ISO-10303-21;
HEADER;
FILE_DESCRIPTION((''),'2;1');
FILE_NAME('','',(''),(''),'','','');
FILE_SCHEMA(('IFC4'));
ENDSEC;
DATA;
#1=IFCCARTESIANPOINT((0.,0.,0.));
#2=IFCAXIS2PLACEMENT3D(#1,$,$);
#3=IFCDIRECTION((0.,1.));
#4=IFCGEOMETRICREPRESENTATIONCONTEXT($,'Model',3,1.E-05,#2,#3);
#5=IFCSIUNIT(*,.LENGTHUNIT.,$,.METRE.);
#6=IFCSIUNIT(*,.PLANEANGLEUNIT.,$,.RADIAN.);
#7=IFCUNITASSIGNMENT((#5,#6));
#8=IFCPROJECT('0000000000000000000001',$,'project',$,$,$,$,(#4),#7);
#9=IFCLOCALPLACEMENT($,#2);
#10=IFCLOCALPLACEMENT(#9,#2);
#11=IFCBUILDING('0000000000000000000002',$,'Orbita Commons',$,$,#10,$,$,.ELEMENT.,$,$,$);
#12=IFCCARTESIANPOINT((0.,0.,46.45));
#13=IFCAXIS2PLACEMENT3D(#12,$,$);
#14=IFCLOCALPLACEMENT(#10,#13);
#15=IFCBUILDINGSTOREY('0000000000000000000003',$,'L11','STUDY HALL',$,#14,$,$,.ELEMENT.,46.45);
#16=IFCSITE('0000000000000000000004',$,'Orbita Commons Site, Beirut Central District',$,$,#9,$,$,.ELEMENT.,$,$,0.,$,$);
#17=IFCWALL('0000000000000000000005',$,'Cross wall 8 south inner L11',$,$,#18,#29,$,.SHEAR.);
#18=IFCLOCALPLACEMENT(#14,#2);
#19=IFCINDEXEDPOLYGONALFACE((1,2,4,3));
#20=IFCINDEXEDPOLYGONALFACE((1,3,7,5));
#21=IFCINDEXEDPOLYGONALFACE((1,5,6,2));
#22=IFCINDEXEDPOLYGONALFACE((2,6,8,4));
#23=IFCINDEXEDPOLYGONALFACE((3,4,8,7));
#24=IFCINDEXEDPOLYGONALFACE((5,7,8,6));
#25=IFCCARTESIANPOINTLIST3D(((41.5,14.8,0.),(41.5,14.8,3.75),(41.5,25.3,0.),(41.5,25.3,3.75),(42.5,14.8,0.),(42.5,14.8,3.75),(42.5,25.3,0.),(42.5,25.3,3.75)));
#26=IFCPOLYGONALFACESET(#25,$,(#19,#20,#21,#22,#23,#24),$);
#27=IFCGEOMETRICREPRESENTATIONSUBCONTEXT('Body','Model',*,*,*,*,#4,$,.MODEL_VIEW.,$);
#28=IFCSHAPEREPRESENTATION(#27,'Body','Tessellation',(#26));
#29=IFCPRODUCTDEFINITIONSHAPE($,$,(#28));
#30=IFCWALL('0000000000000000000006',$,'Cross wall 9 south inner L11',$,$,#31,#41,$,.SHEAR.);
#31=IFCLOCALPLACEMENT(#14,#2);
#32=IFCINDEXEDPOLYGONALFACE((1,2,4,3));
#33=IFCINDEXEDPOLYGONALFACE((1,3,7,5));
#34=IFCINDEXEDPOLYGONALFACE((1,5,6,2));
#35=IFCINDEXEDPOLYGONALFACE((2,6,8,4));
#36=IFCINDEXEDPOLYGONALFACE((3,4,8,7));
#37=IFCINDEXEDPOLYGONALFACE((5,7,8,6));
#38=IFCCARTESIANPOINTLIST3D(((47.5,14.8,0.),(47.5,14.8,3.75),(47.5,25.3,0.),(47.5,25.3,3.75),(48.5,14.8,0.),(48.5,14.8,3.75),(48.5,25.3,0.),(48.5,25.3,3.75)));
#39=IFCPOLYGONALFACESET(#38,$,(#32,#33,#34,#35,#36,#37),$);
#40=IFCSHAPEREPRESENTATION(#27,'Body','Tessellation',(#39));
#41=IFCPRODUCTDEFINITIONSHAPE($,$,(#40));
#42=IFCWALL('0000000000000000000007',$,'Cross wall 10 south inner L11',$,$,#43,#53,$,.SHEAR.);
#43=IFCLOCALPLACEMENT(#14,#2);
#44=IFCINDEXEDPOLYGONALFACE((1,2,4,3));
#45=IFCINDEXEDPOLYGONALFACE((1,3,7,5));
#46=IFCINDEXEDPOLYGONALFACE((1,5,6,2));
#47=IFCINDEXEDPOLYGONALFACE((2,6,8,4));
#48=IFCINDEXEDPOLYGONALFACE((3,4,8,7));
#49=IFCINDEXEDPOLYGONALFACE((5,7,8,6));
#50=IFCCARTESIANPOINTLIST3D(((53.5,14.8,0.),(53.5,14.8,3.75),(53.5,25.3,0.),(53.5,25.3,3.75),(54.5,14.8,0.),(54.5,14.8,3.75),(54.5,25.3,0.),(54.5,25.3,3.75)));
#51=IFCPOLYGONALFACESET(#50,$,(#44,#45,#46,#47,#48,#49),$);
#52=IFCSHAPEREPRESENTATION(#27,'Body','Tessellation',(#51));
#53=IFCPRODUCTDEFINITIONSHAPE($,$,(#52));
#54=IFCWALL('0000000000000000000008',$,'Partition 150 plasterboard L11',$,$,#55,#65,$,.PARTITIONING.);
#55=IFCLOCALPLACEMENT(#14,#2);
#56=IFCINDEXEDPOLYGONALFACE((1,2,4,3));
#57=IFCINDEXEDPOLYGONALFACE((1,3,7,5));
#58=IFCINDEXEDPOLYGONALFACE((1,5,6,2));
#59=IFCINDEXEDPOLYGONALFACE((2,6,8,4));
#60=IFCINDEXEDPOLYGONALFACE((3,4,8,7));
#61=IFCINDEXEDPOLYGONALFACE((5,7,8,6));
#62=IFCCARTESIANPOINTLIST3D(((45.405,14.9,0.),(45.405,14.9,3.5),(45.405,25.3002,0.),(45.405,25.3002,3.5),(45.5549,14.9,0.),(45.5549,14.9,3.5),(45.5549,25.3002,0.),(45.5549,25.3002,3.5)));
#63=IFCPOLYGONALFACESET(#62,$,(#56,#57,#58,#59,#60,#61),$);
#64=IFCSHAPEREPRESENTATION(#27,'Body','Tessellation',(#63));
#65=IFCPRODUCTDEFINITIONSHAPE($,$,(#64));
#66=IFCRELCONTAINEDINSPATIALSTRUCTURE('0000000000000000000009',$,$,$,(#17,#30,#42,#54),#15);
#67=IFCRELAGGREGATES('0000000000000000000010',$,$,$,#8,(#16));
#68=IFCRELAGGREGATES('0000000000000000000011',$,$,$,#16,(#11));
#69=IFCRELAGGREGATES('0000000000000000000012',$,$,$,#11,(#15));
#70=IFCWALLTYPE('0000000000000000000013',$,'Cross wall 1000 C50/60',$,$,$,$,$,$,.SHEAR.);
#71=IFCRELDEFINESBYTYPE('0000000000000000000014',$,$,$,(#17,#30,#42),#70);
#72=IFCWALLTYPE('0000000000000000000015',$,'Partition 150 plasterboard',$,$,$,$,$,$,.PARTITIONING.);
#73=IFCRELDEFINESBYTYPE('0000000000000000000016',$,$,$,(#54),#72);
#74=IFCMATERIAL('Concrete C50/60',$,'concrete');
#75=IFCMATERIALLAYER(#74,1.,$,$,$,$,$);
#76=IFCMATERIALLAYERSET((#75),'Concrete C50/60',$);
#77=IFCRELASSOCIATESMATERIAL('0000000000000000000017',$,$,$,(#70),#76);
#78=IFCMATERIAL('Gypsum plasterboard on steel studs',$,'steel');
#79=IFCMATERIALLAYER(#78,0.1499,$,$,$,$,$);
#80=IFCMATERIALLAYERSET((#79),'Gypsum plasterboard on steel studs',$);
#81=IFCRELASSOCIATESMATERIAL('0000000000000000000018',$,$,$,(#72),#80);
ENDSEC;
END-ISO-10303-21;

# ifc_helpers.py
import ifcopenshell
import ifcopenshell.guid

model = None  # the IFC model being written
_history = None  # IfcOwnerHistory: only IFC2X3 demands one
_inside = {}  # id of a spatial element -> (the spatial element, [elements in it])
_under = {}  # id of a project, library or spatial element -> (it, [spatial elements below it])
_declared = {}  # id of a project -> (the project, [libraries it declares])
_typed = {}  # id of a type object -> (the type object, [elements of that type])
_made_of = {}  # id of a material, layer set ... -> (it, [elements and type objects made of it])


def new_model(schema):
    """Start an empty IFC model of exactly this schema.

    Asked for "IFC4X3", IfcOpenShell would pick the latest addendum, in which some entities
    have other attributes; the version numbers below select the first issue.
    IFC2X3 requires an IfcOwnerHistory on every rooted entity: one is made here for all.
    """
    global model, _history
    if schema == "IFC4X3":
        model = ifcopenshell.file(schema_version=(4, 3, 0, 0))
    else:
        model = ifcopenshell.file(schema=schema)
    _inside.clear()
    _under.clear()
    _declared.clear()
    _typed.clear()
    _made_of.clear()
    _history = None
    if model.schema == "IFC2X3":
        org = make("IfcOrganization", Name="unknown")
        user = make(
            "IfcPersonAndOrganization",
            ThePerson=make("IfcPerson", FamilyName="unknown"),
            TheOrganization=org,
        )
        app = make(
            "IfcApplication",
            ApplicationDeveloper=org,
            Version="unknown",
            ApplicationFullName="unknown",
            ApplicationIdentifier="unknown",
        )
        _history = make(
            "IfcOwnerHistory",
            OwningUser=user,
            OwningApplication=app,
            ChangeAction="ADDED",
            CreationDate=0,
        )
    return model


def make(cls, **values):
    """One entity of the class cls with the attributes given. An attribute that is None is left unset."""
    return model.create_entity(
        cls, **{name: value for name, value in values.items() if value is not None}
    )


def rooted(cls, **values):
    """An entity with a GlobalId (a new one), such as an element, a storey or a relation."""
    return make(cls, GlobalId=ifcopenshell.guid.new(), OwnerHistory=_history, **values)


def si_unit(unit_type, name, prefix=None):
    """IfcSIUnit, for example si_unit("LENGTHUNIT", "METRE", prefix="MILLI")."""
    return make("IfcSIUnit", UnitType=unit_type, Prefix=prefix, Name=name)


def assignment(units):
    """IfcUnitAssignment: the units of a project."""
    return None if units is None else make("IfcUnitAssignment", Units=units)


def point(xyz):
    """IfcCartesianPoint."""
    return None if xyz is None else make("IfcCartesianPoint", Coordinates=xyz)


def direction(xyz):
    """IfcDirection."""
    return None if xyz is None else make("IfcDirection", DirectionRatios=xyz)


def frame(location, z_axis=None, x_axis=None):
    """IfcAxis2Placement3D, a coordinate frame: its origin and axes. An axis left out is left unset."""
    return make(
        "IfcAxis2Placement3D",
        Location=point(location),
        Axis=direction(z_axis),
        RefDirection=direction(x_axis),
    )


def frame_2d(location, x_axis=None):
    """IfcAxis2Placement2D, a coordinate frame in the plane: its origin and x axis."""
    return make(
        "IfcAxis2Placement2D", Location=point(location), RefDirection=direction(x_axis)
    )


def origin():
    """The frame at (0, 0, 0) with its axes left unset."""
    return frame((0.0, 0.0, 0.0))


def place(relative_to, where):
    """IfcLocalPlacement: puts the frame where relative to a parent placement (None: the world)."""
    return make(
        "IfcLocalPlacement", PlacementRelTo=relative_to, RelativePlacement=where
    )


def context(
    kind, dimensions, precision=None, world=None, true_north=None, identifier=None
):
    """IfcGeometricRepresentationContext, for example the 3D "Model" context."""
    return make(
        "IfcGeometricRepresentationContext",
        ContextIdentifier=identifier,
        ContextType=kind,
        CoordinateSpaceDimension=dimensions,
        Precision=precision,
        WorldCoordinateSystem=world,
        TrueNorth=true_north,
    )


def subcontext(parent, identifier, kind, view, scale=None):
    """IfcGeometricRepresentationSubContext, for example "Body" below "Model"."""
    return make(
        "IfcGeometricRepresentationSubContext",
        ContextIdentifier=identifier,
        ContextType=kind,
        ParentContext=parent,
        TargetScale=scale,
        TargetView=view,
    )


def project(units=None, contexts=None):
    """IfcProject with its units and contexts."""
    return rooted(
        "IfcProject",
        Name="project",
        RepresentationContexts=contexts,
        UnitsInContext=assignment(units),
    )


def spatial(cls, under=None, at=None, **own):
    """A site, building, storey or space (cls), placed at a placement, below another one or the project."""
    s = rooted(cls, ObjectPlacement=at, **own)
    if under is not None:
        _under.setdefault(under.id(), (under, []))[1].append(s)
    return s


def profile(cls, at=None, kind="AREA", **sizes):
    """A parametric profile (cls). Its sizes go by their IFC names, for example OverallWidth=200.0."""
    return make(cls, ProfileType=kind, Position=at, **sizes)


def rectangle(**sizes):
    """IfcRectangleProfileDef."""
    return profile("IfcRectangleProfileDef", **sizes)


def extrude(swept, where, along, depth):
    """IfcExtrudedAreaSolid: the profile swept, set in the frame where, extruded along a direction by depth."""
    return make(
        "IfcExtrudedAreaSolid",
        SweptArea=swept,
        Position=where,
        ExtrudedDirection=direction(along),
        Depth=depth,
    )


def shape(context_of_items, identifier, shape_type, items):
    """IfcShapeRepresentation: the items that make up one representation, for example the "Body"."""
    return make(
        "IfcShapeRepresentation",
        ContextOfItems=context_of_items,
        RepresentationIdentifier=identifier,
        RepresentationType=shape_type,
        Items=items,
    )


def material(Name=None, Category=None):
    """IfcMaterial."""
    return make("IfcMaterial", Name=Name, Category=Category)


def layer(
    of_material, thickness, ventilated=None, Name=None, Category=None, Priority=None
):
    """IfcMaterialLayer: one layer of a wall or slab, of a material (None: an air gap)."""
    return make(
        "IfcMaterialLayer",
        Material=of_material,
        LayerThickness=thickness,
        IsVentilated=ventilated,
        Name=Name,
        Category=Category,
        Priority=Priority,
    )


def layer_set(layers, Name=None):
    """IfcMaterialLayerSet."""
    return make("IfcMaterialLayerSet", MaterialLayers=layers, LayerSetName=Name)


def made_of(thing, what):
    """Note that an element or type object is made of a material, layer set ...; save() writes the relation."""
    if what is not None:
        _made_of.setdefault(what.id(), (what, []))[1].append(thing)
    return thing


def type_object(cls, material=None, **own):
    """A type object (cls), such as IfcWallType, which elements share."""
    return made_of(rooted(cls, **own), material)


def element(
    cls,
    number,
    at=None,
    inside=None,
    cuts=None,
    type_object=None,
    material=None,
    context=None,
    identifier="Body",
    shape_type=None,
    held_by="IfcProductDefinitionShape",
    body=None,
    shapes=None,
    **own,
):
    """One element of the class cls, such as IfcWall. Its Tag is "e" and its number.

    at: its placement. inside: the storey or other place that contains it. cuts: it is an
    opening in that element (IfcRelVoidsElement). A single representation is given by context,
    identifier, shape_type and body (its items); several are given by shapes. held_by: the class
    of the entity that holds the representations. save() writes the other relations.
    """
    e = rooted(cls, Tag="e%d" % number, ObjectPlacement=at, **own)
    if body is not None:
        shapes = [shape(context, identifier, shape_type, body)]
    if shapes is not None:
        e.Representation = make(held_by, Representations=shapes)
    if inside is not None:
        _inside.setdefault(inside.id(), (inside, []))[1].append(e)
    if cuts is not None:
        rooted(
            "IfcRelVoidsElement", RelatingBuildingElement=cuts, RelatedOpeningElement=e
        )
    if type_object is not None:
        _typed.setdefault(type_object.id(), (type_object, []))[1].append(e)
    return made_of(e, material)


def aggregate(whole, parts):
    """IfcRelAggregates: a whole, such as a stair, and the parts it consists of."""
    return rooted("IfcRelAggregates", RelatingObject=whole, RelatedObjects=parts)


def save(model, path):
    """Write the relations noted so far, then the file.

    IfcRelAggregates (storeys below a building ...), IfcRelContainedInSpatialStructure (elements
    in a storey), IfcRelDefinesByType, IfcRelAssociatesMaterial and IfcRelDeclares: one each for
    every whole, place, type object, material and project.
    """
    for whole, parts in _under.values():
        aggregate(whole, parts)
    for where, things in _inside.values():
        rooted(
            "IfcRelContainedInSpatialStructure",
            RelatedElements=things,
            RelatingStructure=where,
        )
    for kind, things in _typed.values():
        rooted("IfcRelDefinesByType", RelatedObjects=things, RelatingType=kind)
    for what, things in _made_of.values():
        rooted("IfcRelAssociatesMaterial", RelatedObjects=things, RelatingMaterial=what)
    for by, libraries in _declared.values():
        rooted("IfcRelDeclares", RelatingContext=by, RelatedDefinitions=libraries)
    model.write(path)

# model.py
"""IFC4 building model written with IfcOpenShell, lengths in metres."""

from ifc_helpers import new_model, si_unit, direction, frame, frame_2d, origin, place, context, subcontext, project, spatial, rectangle, extrude, material, layer, layer_set, type_object, element, save


model = new_model("IFC4")

# Units and contexts
model_context = context("Model", 3, precision=1e-05, world=origin(), true_north=direction((0.0, 1.0)))
body_context = subcontext(model_context, "Body", "Model", "MODEL_VIEW")
ifc_project = project(units=[si_unit("LENGTHUNIT", "METRE"), si_unit("PLANEANGLEUNIT", "RADIAN")], contexts=[model_context])

# Site, building, storey
site_placement = place(None, origin())
site = spatial("IfcSite", under=ifc_project, at=site_placement, Name="Orbita Commons Site, Beirut Central District", CompositionType="ELEMENT", RefElevation=0.0)
building_placement = place(site_placement, origin())
building = spatial("IfcBuilding", under=site, at=building_placement, Name="Orbita Commons", CompositionType="ELEMENT")
storey_placement = place(building_placement, frame((0.0, 0.0, 46.45)))
storey = spatial("IfcBuildingStorey", under=building, at=storey_placement, Name="L11", Description="STUDY HALL", CompositionType="ELEMENT", Elevation=46.45)

# Walls
ifc_material_1 = material(Name="Concrete C50/60", Category="concrete")
ifc_layer_1 = layer(ifc_material_1, 1.0)
ifc_layer_set_1 = layer_set([ifc_layer_1], Name="Concrete C50/60")
wall_type_1 = type_object("IfcWallType", Name="Cross wall 1000 C50/60", PredefinedType="SHEAR", material=ifc_layer_set_1)
for number, where, z_axis, x_axis, name in (
    (1, (42.0, 14.8, 0.0), (0.0, 0.0, 1.0), (0.0, 1.0, 0.0), "Cross wall 8 south inner L11"),
    (2, (48.0, 14.8, 0.0), (0.0, 0.0, 1.0), (0.0, 1.0, 0.0), "Cross wall 9 south inner L11"),
    (3, (54.0, 14.8, 0.0), (0.0, 0.0, 1.0), (0.0, 1.0, 0.0), "Cross wall 10 south inner L11"),
):
    element("IfcWall", number, at=place(storey_placement, frame(where, z_axis=z_axis, x_axis=x_axis)), inside=storey, type_object=wall_type_1, Name=name, PredefinedType="SHEAR", context=body_context, shape_type="SweptSolid", body=[
        extrude(rectangle(XDim=10.5, YDim=1.0, at=frame_2d((5.25, 0.0))), origin(), (0.0, 0.0, 1.0), 3.75),
    ])
ifc_material_2 = material(Name="Gypsum plasterboard on steel studs", Category="steel")
ifc_layer_2 = layer(ifc_material_2, 0.1499)
ifc_layer_set_2 = layer_set([ifc_layer_2], Name="Gypsum plasterboard on steel studs")
wall_type_2 = type_object("IfcWallType", Name="Partition 150 plasterboard", PredefinedType="PARTITIONING", material=ifc_layer_set_2)
wall_1_placement = place(storey_placement, frame((45.48, 14.8999, 0.0), z_axis=(0.0, 0.0, 1.0), x_axis=(0.0, 1.0, 0.0)))
element("IfcWall", 4, at=wall_1_placement, inside=storey, type_object=wall_type_2, Name="Partition 150 plasterboard L11", PredefinedType="PARTITIONING", context=body_context, shape_type="SweptSolid", body=[
    extrude(rectangle(XDim=10.4001, YDim=0.1499, at=frame_2d((5.2002, 0.0))), origin(), (0.0, 0.0, 1.0), 3.5),
])

save(model, "model.ifc")
